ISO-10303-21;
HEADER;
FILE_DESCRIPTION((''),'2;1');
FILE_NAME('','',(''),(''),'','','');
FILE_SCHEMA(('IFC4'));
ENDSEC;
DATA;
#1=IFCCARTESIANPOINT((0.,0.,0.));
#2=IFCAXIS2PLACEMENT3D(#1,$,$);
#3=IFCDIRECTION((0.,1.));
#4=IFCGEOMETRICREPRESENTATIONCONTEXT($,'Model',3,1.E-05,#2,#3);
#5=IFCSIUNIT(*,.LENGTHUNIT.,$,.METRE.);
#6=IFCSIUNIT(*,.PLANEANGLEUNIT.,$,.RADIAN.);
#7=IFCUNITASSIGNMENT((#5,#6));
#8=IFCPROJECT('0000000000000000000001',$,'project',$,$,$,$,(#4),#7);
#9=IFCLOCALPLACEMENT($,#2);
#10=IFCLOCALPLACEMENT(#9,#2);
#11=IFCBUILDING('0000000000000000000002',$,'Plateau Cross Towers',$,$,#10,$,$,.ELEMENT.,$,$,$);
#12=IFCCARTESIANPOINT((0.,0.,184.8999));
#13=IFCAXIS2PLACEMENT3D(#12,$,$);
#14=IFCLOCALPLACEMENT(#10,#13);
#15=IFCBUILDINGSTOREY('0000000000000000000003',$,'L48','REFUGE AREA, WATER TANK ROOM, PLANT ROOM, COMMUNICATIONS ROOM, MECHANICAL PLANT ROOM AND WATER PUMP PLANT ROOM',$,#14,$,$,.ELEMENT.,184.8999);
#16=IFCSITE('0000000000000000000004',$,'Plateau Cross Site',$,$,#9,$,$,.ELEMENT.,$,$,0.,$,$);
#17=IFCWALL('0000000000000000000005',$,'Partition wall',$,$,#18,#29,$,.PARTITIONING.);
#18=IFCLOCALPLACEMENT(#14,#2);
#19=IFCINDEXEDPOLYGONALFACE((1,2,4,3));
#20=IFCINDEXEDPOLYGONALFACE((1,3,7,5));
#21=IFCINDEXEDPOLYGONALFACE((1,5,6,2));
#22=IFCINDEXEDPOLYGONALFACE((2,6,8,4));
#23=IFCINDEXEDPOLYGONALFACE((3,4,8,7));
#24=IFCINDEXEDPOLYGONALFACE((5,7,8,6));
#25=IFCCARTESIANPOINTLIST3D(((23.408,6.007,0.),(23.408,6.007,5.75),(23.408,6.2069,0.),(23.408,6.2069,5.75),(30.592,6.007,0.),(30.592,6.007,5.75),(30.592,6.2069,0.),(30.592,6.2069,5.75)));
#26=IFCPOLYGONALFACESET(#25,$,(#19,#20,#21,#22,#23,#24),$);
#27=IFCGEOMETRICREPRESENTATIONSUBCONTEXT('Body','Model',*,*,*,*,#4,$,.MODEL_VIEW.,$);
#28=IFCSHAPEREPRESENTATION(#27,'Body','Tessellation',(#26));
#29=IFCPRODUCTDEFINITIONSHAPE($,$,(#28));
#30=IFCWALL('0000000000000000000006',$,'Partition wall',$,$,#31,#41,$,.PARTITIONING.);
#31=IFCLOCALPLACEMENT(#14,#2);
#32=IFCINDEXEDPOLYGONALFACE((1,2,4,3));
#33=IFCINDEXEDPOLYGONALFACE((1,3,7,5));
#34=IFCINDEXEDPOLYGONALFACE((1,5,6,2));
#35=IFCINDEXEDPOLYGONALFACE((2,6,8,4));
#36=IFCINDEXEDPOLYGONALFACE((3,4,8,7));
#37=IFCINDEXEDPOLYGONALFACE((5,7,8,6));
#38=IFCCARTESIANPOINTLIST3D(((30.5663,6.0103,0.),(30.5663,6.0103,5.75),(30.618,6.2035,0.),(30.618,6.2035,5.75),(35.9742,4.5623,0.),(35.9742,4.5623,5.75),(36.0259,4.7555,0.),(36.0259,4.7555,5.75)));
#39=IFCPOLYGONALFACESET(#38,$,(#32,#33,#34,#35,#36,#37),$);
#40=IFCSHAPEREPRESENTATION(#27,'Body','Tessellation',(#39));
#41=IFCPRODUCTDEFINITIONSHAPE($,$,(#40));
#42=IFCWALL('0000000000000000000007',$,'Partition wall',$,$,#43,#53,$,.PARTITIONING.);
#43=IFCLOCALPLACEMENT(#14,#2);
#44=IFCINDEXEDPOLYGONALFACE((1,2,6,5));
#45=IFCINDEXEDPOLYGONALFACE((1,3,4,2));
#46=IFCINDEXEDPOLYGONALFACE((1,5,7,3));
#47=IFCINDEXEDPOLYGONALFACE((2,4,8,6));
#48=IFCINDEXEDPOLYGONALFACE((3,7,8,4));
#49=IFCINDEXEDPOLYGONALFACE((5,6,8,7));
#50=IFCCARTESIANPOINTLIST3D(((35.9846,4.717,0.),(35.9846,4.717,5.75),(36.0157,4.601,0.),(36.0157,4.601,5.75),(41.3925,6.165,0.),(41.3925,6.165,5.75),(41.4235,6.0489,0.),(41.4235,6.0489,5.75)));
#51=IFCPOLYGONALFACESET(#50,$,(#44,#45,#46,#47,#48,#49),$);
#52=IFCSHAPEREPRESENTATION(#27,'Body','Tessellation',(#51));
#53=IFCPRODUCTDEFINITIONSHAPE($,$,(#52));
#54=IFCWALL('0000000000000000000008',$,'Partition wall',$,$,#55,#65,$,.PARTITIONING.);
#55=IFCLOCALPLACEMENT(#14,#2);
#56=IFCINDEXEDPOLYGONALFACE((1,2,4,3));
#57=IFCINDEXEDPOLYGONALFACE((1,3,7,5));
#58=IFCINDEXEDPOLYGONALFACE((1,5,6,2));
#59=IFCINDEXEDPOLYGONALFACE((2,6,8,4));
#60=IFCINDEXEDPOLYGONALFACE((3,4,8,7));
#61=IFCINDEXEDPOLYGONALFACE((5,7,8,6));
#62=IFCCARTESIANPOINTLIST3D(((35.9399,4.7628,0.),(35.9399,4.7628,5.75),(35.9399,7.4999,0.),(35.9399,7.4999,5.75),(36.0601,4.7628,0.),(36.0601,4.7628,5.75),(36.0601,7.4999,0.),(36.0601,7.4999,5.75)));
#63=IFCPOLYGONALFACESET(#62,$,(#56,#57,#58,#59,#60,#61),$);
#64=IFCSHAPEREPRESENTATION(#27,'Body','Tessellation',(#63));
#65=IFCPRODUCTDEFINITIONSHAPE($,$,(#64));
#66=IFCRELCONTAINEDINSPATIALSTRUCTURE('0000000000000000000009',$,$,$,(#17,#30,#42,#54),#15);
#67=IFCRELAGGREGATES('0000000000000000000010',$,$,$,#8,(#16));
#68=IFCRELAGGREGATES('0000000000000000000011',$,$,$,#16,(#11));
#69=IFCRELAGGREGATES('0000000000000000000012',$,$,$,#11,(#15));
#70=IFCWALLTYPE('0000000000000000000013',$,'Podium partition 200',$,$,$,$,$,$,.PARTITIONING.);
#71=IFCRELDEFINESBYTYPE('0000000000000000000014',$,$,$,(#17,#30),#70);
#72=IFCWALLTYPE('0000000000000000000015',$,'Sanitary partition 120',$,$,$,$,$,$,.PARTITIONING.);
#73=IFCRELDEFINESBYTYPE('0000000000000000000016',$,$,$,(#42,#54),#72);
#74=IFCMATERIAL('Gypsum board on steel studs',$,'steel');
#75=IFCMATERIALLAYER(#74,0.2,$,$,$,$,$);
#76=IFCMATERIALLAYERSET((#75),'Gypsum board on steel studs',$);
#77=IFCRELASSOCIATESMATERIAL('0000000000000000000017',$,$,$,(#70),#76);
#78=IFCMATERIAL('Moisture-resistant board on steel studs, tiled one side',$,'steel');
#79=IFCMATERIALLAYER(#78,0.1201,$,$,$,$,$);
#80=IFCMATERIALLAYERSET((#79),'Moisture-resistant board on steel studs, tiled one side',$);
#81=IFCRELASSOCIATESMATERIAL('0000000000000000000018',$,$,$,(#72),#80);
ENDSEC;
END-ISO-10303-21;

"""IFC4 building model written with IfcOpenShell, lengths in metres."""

from ifc_helpers import new_model, si_unit, direction, frame, frame_2d, origin, place, context, subcontext, project, spatial, rectangle, extrude, material, layer, layer_set, type_object, element, save


model = new_model("IFC4")

# Units and contexts
model_context = context("Model", 3, precision=1e-05, world=origin(), true_north=direction((0.0, 1.0)))
body_context = subcontext(model_context, "Body", "Model", "MODEL_VIEW")
ifc_project = project(units=[si_unit("LENGTHUNIT", "METRE"), si_unit("PLANEANGLEUNIT", "RADIAN")], contexts=[model_context])

# Site, building, storey
site_placement = place(None, origin())
site = spatial("IfcSite", under=ifc_project, at=site_placement, Name="Plateau Cross Site", CompositionType="ELEMENT", RefElevation=0.0)
building_placement = place(site_placement, origin())
building = spatial("IfcBuilding", under=site, at=building_placement, Name="Plateau Cross Towers", CompositionType="ELEMENT")
storey_placement = place(building_placement, frame((0.0, 0.0, 184.8999)))
storey = spatial("IfcBuildingStorey", under=building, at=storey_placement, Name="L48", Description="REFUGE AREA, WATER TANK ROOM, PLANT ROOM, COMMUNICATIONS ROOM, MECHANICAL PLANT ROOM AND WATER PUMP PLANT ROOM", CompositionType="ELEMENT", Elevation=184.8999)

# Walls
ifc_material_1 = material(Name="Gypsum board on steel studs", Category="steel")
ifc_layer_1 = layer(ifc_material_1, 0.2)
ifc_layer_set_1 = layer_set([ifc_layer_1], Name="Gypsum board on steel studs")
wall_type_1 = type_object("IfcWallType", Name="Podium partition 200", PredefinedType="PARTITIONING", material=ifc_layer_set_1)
wall_1_placement = place(storey_placement, frame((23.408, 6.1069, 0.0), z_axis=(0.0, 0.0, 1.0), x_axis=(1.0, 0.0, 0.0)))
element("IfcWall", 1, at=wall_1_placement, inside=storey, type_object=wall_type_1, Name="Partition wall", PredefinedType="PARTITIONING", context=body_context, shape_type="SweptSolid", body=[
    extrude(rectangle(XDim=7.1841, YDim=0.2, at=frame_2d((3.592, 0.0))), origin(), (0.0, 0.0, 1.0), 5.75),
])
wall_2_placement = place(storey_placement, frame((30.592, 6.1069, 0.0), z_axis=(0.0, 0.0, 1.0), x_axis=(0.965973, -0.258642, 0.0)))
element("IfcWall", 2, at=wall_2_placement, inside=storey, type_object=wall_type_1, Name="Partition wall", PredefinedType="PARTITIONING", context=body_context, shape_type="SweptSolid", body=[
    extrude(rectangle(XDim=5.5984, YDim=0.2, at=frame_2d((2.7993, 0.0))), origin(), (0.0, 0.0, 1.0), 5.75),
])
ifc_material_2 = material(Name="Moisture-resistant board on steel studs, tiled one side", Category="steel")
ifc_layer_2 = layer(ifc_material_2, 0.1201)
ifc_layer_set_2 = layer_set([ifc_layer_2], Name="Moisture-resistant board on steel studs, tiled one side")
wall_type_2 = type_object("IfcWallType", Name="Sanitary partition 120", PredefinedType="PARTITIONING", material=ifc_layer_set_2)
wall_3_placement = place(storey_placement, frame((36.0, 4.6589, 0.0), z_axis=(0.0, 0.0, 1.0), x_axis=(0.965973, 0.258642, 0.0)))
element("IfcWall", 3, at=wall_3_placement, inside=storey, type_object=wall_type_2, Name="Partition wall", PredefinedType="PARTITIONING", context=body_context, shape_type="SweptSolid", body=[
    extrude(rectangle(XDim=5.5984, YDim=0.1201, at=frame_2d((2.7993, 0.0))), origin(), (0.0, 0.0, 1.0), 5.75),
])
wall_4_placement = place(storey_placement, frame((36.0, 7.5, 0.0), z_axis=(0.0, 0.0, 1.0), x_axis=(0.0, -1.0, 0.0)))
element("IfcWall", 4, at=wall_4_placement, inside=storey, type_object=wall_type_2, Name="Partition wall", PredefinedType="PARTITIONING", context=body_context, shape_type="SweptSolid", body=[
    extrude(rectangle(XDim=2.7371, YDim=0.1201, at=frame_2d((1.3687, 0.0))), origin(), (0.0, 0.0, 1.0), 5.75),
])

save(model, "model.ifc")
